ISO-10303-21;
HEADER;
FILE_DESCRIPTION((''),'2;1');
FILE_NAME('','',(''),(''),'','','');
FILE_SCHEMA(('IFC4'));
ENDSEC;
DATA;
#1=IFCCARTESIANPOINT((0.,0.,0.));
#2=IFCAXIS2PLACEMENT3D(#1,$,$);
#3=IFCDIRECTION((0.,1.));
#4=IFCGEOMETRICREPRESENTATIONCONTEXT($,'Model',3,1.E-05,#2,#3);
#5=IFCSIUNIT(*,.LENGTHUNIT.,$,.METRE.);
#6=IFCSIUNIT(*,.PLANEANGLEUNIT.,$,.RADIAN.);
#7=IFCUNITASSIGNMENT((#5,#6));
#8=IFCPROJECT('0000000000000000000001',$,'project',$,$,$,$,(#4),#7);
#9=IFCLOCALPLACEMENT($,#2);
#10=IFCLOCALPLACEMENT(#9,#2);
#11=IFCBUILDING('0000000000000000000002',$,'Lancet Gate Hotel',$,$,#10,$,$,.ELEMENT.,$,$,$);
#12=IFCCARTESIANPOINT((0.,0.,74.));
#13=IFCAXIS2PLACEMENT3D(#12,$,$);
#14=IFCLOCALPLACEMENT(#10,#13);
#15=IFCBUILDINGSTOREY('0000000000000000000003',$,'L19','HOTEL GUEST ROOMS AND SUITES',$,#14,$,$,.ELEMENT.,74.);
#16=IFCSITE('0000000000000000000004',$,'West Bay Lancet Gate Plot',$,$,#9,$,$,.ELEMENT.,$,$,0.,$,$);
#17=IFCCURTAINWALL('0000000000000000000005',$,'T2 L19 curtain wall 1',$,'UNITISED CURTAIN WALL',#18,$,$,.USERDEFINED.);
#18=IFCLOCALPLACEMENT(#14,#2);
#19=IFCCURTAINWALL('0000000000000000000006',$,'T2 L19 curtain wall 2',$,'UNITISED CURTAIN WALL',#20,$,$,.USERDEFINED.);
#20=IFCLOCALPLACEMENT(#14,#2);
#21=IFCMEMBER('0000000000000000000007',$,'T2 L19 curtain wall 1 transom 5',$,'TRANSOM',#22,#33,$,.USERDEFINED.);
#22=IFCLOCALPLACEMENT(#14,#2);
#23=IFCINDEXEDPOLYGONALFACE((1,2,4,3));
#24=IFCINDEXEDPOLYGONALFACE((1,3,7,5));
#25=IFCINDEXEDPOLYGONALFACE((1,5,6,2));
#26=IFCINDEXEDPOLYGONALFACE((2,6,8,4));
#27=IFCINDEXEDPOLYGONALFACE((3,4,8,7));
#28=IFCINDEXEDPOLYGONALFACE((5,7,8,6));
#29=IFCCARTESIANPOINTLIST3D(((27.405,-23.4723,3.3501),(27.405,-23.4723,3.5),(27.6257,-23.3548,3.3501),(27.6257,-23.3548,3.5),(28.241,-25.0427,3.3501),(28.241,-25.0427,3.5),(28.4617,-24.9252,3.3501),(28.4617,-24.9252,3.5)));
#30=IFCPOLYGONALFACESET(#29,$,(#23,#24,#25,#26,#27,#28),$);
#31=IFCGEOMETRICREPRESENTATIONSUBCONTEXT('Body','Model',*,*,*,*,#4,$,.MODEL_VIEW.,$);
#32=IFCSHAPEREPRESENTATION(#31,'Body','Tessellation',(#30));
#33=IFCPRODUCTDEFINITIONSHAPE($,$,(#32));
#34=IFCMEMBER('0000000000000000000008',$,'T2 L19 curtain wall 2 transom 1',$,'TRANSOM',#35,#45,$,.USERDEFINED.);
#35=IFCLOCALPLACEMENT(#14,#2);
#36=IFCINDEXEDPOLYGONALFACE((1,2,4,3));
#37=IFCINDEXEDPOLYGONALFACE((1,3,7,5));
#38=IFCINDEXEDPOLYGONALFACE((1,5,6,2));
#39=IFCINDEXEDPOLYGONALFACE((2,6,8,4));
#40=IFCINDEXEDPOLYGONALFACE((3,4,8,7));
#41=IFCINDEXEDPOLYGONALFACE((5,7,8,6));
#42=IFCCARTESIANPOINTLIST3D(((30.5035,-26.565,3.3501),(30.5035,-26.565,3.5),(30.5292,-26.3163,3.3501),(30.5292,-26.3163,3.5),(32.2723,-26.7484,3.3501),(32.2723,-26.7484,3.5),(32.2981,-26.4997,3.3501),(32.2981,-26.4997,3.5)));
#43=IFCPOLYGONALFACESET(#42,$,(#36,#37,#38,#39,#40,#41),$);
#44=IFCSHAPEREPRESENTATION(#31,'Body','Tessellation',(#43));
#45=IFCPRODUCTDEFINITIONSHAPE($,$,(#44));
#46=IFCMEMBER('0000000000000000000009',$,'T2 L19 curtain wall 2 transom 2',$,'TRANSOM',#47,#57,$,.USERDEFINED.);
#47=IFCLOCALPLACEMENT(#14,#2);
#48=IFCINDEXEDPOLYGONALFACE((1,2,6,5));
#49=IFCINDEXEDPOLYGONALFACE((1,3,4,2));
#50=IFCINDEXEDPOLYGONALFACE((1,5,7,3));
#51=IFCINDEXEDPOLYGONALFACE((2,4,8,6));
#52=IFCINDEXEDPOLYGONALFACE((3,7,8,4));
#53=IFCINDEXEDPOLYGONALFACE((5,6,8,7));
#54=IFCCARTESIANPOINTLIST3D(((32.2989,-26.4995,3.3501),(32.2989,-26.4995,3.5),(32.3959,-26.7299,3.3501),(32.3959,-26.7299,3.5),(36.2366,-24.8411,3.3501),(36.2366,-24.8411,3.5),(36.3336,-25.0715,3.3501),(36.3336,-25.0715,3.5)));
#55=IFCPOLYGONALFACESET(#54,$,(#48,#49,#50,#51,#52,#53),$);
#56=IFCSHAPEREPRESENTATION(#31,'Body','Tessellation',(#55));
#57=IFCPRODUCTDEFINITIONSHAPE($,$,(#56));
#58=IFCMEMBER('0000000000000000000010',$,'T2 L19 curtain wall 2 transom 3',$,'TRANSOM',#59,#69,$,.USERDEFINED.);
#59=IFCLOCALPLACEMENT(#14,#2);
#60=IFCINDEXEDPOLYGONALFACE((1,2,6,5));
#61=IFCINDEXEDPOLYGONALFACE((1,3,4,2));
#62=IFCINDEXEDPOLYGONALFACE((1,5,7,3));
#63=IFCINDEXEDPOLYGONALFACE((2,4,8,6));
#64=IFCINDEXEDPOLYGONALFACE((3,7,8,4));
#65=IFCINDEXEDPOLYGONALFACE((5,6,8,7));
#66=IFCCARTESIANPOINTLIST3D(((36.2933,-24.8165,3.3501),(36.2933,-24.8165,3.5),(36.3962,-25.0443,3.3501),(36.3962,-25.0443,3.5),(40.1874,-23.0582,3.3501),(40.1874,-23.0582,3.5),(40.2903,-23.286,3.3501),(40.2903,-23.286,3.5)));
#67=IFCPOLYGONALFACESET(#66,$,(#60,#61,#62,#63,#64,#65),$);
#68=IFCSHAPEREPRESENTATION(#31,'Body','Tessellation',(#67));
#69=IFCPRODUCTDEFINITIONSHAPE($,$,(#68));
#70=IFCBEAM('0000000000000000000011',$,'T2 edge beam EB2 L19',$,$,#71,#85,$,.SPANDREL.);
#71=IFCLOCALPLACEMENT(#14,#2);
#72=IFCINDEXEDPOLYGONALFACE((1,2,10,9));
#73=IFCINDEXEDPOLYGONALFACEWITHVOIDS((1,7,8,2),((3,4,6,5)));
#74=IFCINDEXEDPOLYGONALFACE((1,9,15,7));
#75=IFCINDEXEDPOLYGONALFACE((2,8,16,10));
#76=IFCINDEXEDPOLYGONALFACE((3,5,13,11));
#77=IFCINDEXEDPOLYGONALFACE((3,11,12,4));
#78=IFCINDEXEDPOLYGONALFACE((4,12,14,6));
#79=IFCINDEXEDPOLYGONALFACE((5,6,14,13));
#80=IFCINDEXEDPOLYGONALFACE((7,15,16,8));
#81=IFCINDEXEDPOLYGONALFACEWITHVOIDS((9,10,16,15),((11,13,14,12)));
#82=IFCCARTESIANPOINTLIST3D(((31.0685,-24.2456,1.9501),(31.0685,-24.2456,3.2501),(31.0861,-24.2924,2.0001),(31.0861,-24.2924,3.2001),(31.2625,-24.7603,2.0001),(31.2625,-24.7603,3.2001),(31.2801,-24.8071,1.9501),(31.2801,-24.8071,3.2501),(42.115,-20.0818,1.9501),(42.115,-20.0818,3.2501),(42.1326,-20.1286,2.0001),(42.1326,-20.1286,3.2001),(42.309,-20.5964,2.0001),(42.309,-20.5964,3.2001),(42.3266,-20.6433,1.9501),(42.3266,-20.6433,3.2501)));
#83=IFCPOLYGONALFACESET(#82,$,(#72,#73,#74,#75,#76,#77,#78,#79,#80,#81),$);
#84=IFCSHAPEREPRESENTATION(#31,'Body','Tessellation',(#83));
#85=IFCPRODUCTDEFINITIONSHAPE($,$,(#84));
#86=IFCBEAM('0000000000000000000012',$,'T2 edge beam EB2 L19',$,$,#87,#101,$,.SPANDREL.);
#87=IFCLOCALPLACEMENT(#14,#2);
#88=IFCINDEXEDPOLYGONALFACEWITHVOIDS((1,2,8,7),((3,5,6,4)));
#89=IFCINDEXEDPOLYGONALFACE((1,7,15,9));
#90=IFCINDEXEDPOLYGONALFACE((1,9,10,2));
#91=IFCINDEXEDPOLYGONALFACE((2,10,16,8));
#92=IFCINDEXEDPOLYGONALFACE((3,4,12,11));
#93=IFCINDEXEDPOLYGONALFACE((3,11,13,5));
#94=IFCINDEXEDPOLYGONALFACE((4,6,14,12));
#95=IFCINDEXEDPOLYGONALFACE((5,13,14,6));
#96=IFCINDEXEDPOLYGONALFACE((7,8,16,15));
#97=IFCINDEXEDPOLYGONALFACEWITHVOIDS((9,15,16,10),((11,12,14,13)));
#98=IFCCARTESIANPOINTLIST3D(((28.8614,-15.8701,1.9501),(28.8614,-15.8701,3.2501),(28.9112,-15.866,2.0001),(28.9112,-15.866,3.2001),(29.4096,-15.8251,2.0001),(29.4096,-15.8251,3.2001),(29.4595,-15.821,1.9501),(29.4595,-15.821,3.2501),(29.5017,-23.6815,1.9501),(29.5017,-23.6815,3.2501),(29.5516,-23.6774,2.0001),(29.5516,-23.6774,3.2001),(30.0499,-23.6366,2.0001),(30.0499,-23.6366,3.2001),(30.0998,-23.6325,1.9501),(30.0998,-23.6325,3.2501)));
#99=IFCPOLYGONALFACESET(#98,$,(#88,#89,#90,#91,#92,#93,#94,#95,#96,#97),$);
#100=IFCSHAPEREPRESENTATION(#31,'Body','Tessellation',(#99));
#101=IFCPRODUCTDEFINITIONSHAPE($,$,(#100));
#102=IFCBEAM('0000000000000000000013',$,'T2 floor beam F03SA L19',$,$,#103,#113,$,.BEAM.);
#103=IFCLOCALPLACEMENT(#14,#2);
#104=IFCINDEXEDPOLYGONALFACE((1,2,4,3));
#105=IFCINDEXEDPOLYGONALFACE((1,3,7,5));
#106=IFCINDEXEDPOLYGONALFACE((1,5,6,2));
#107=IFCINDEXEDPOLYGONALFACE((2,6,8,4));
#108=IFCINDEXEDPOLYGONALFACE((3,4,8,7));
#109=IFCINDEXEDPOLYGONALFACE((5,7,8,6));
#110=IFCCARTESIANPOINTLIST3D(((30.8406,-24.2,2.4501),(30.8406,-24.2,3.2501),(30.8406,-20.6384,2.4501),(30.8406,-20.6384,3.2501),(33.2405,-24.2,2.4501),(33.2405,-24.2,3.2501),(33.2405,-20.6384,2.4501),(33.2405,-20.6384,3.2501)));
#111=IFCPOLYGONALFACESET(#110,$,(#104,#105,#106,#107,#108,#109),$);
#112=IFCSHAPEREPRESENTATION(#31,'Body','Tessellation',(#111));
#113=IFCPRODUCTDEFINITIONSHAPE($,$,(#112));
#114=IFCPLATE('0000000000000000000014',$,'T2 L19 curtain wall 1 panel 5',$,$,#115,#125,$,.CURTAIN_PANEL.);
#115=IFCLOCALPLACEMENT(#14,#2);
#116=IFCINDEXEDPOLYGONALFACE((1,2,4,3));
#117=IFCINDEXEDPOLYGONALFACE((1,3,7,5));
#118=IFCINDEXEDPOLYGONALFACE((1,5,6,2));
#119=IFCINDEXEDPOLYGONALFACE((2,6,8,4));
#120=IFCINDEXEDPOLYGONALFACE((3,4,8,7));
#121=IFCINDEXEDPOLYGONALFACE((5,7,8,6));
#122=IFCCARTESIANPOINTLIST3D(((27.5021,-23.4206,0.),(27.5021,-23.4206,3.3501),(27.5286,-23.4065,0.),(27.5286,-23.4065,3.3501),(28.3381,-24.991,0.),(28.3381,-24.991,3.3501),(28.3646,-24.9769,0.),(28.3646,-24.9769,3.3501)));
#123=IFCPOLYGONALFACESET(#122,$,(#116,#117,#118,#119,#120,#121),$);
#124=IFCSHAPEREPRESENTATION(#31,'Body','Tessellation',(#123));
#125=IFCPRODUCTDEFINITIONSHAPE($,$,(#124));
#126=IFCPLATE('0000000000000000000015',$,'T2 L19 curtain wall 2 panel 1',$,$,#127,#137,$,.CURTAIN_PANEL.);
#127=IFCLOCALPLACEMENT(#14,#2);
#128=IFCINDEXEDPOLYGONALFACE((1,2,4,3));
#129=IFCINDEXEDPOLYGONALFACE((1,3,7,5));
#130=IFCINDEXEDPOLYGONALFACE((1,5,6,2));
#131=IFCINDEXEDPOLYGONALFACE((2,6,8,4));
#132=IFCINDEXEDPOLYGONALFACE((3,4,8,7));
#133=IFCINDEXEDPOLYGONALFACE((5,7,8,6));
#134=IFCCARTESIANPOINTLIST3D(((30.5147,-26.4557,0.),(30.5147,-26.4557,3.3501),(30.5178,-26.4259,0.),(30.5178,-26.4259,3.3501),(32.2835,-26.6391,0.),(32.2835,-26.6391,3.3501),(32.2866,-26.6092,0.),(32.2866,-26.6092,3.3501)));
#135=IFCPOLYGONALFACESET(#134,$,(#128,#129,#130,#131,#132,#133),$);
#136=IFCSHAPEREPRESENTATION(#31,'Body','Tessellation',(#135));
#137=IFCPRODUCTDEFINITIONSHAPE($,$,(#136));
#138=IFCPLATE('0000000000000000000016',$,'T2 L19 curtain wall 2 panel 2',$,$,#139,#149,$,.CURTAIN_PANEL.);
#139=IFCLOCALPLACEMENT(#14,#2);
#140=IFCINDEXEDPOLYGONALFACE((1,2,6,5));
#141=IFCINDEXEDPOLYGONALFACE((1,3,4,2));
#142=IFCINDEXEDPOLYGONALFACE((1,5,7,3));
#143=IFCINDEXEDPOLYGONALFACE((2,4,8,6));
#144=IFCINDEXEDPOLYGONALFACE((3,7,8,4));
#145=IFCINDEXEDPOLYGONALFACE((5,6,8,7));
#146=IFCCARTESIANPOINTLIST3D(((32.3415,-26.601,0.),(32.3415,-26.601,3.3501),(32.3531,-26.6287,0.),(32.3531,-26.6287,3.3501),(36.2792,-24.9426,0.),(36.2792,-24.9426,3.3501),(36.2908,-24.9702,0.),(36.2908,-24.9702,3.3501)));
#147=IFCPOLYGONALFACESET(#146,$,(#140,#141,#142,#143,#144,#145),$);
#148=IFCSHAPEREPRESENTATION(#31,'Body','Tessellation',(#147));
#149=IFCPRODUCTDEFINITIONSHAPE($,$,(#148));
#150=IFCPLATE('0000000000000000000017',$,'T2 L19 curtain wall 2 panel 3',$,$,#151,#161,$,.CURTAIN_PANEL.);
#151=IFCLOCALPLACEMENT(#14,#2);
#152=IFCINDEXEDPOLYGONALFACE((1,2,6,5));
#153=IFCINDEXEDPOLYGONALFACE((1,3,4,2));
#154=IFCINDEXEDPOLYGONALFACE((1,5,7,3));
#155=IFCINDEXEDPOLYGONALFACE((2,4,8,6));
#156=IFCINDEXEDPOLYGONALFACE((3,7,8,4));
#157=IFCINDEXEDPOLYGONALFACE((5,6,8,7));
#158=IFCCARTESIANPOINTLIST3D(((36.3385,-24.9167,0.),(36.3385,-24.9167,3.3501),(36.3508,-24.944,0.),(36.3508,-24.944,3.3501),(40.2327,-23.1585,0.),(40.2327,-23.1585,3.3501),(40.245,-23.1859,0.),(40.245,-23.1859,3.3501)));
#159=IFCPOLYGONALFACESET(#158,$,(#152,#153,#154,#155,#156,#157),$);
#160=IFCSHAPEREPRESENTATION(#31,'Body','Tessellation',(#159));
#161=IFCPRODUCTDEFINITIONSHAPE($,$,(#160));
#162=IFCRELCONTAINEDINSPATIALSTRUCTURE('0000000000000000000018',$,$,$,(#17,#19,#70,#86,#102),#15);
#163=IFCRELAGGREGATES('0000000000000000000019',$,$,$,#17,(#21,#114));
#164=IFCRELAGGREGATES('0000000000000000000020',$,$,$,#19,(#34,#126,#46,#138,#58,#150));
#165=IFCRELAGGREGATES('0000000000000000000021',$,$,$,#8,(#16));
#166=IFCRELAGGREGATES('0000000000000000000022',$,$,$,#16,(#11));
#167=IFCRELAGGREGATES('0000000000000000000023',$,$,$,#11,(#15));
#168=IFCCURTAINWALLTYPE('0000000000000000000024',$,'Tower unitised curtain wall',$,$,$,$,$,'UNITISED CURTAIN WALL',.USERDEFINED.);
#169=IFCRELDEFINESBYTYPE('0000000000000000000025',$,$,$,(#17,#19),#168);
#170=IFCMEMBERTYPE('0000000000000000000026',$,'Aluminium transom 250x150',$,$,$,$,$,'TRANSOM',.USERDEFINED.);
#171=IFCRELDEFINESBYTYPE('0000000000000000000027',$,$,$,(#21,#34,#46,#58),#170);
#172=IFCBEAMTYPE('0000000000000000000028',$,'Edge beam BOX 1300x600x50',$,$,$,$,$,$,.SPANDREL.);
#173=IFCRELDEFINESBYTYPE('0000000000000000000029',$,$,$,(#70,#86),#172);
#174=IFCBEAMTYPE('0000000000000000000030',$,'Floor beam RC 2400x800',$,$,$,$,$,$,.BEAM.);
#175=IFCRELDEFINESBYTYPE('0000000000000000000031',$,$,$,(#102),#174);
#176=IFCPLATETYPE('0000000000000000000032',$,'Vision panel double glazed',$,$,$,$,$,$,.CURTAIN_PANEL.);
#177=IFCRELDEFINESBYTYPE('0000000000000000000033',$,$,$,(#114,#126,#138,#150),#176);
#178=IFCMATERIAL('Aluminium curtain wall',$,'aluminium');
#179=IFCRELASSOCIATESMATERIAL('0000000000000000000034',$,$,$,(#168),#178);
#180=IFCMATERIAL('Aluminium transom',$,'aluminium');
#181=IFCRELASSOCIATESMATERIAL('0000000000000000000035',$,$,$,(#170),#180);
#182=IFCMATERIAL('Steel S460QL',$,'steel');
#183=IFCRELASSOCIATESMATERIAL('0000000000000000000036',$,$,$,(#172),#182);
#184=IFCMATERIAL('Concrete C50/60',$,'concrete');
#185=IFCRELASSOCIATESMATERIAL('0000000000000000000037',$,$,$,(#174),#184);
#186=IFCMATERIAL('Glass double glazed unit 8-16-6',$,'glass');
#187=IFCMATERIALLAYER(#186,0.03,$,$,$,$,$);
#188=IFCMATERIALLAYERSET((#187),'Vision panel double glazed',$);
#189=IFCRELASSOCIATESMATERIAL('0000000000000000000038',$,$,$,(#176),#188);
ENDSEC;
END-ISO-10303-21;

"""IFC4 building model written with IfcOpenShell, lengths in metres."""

from ifc_helpers import new_model, si_unit, direction, frame, origin, origin_2d, place, context, subcontext, project, spatial, rectangle, hollow_rectangle, extrude, material, layer, layer_set, material_profile, profile_set, type_object, element, aggregate, save


model = new_model("IFC4")

# Units and contexts
model_context = context("Model", 3, precision=1e-05, world=origin(), true_north=direction((0.0, 1.0)))
body_context = subcontext(model_context, "Body", "Model", "MODEL_VIEW")
ifc_project = project(units=[si_unit("LENGTHUNIT", "METRE"), si_unit("PLANEANGLEUNIT", "RADIAN")], contexts=[model_context])

# Site, building, storey
site_placement = place(None, origin())
site = spatial("IfcSite", under=ifc_project, at=site_placement, Name="West Bay Lancet Gate Plot", CompositionType="ELEMENT", RefElevation=0.0)
building_placement = place(site_placement, origin())
building = spatial("IfcBuilding", under=site, at=building_placement, Name="Lancet Gate Hotel", CompositionType="ELEMENT")
storey_placement = place(building_placement, frame((0.0, 0.0, 74.0)))
storey = spatial("IfcBuildingStorey", under=building, at=storey_placement, Name="L19", Description="HOTEL GUEST ROOMS AND SUITES", CompositionType="ELEMENT", Elevation=74.0)

# Curtain walls
ifc_material_1 = material(Name="Aluminium curtain wall", Category="aluminium")
curtain_wall_type = type_object("IfcCurtainWallType", Name="Tower unitised curtain wall", ElementType="UNITISED CURTAIN WALL", PredefinedType="USERDEFINED", material=ifc_material_1)
curtain_wall_1_placement = place(storey_placement, origin())
curtain_wall_1 = element("IfcCurtainWall", 1, at=curtain_wall_1_placement, inside=storey, type_object=curtain_wall_type, Name="T2 L19 curtain wall 1", ObjectType="UNITISED CURTAIN WALL", PredefinedType="USERDEFINED")
curtain_wall_2_placement = place(storey_placement, origin())
curtain_wall_2 = element("IfcCurtainWall", 2, at=curtain_wall_2_placement, inside=storey, type_object=curtain_wall_type, Name="T2 L19 curtain wall 2", ObjectType="UNITISED CURTAIN WALL", PredefinedType="USERDEFINED")

# Members
ifc_material_2 = material(Name="Aluminium transom", Category="aluminium")
ifc_material_profile_1 = material_profile(ifc_material_2, rectangle(XDim=0.25, YDim=0.1499, at=origin_2d()), Name="TRANSOM 250x150")
ifc_profile_set_1 = profile_set([ifc_material_profile_1], Name="Aluminium transom")
member_type_1 = type_object("IfcMemberType", Name="Aluminium transom 250x150", ElementType="TRANSOM", PredefinedType="USERDEFINED", material=ifc_profile_set_1)
member_1_placement = place(storey_placement, frame((27.5154, -23.4136, 3.425), z_axis=(0.469904, -0.882717, 0.0), x_axis=(0.882717, 0.469904, 0.0)))
member_1 = element("IfcMember", 3, at=member_1_placement, type_object=member_type_1, Name="T2 L19 curtain wall 1 transom 5", ObjectType="TRANSOM", PredefinedType="USERDEFINED", context=body_context, shape_type="SweptSolid", body=[
    extrude(rectangle(XDim=0.25, YDim=0.1499, at=origin_2d()), origin(), (0.0, 0.0, 1.0), 1.7791),
])
member_2_placement = place(storey_placement, frame((30.5164, -26.4407, 3.425), z_axis=(0.99467, -0.103105, 0.0), x_axis=(0.103105, 0.99467, 0.0)))
member_2 = element("IfcMember", 4, at=member_2_placement, type_object=member_type_1, Name="T2 L19 curtain wall 2 transom 1", ObjectType="TRANSOM", PredefinedType="USERDEFINED", context=body_context, shape_type="SweptSolid", body=[
    extrude(rectangle(XDim=0.25, YDim=0.1499, at=origin_2d()), origin(), (0.0, 0.0, 1.0), 1.7783),
])
member_3_placement = place(storey_placement, frame((32.3474, -26.6147, 3.425), z_axis=(0.921598, 0.388146, 0.0), x_axis=(-0.388146, 0.921598, 0.0)))
member_3 = element("IfcMember", 5, at=member_3_placement, type_object=member_type_1, Name="T2 L19 curtain wall 2 transom 2", ObjectType="TRANSOM", PredefinedType="USERDEFINED", context=body_context, shape_type="SweptSolid", body=[
    extrude(rectangle(XDim=0.25, YDim=0.1499, at=origin_2d()), origin(), (0.0, 0.0, 1.0), 4.2727),
])
member_4_placement = place(storey_placement, frame((36.3447, -24.9304, 3.425), z_axis=(0.911397, 0.411529, 0.0), x_axis=(-0.411529, 0.911397, 0.0)))
member_4 = element("IfcMember", 6, at=member_4_placement, type_object=member_type_1, Name="T2 L19 curtain wall 2 transom 3", ObjectType="TRANSOM", PredefinedType="USERDEFINED", context=body_context, shape_type="SweptSolid", body=[
    extrude(rectangle(XDim=0.25, YDim=0.1499, at=origin_2d()), origin(), (0.0, 0.0, 1.0), 4.2727),
])

# Beams
ifc_material_3 = material(Name="Steel S460QL", Category="steel")
ifc_material_profile_2 = material_profile(ifc_material_3, hollow_rectangle(XDim=0.6001, YDim=1.3, WallThickness=0.05, at=origin_2d()), Name="BOX 1300x600x50")
ifc_profile_set_2 = profile_set([ifc_material_profile_2], Name="Steel S460QL")
beam_type_1 = type_object("IfcBeamType", Name="Edge beam BOX 1300x600x50", PredefinedType="SPANDREL", material=ifc_profile_set_2)
beam_1_placement = place(storey_placement, frame((31.1743, -24.5264, 2.6001), z_axis=(0.935731, 0.352714, 0.0), x_axis=(-0.352714, 0.935731, 0.0)))
element("IfcBeam", 7, at=beam_1_placement, inside=storey, type_object=beam_type_1, Name="T2 edge beam EB2 L19", PredefinedType="SPANDREL", context=body_context, shape_type="SweptSolid", body=[
    extrude(hollow_rectangle(XDim=0.6001, YDim=1.3, WallThickness=0.05, at=origin_2d()), origin(), (0.0, 0.0, 1.0), 11.8052),
])
beam_2_placement = place(storey_placement, frame((29.8008, -23.657, 2.6001), z_axis=(-0.081705, 0.996657, 0.0), x_axis=(-0.996657, -0.081705, 0.0)))
element("IfcBeam", 8, at=beam_2_placement, inside=storey, type_object=beam_type_1, Name="T2 edge beam EB2 L19", PredefinedType="SPANDREL", context=body_context, shape_type="SweptSolid", body=[
    extrude(hollow_rectangle(XDim=0.6001, YDim=1.3, WallThickness=0.05, at=origin_2d()), origin(), (0.0, 0.0, 1.0), 7.8376),
])
ifc_material_4 = material(Name="Concrete C50/60", Category="concrete")
ifc_material_profile_3 = material_profile(ifc_material_4, rectangle(XDim=2.3999, YDim=0.8, at=origin_2d()), Name="RC 2400x800")
ifc_profile_set_3 = profile_set([ifc_material_profile_3], Name="Concrete C50/60")
beam_type_2 = type_object("IfcBeamType", Name="Floor beam RC 2400x800", PredefinedType="BEAM", material=ifc_profile_set_3)
beam_3_placement = place(storey_placement, frame((32.0405, -24.2, 2.8501), z_axis=(0.0, 1.0, 0.0), x_axis=(-1.0, 0.0, 0.0)))
element("IfcBeam", 9, at=beam_3_placement, inside=storey, type_object=beam_type_2, Name="T2 floor beam F03SA L19", PredefinedType="BEAM", context=body_context, shape_type="SweptSolid", body=[
    extrude(rectangle(XDim=2.3999, YDim=0.8, at=origin_2d()), origin(), (0.0, 0.0, 1.0), 3.5615),
])

# Plates
ifc_material_5 = material(Name="Glass double glazed unit 8-16-6", Category="glass")
ifc_layer = layer(ifc_material_5, 0.03)
ifc_layer_set = layer_set([ifc_layer], Name="Vision panel double glazed")
plate_type = type_object("IfcPlateType", Name="Vision panel double glazed", PredefinedType="CURTAIN_PANEL", material=ifc_layer_set)
plate_1_placement = place(storey_placement, frame((27.9333, -24.1987, 0.0), z_axis=(0.0, 0.0, 1.0), x_axis=(0.469898, -0.882721, 0.0)))
plate_1 = element("IfcPlate", 10, at=plate_1_placement, type_object=plate_type, Name="T2 L19 curtain wall 1 panel 5", PredefinedType="CURTAIN_PANEL", context=body_context, shape_type="SweptSolid", body=[
    extrude(rectangle(XDim=1.7791, YDim=0.03, at=origin_2d()), origin(), (0.0, 0.0, 1.0), 3.3501),
])
aggregate(curtain_wall_1, [member_1, plate_1])
plate_2_placement = place(storey_placement, frame((31.4006, -26.5325, 0.0), z_axis=(0.0, 0.0, 1.0), x_axis=(0.994672, -0.103088, 0.0)))
plate_2 = element("IfcPlate", 11, at=plate_2_placement, type_object=plate_type, Name="T2 L19 curtain wall 2 panel 1", PredefinedType="CURTAIN_PANEL", context=body_context, shape_type="SweptSolid", body=[
    extrude(rectangle(XDim=1.7783, YDim=0.03, at=origin_2d()), origin(), (0.0, 0.0, 1.0), 3.3501),
])
plate_3_placement = place(storey_placement, frame((34.3162, -25.7856, 0.0), z_axis=(0.0, 0.0, 1.0), x_axis=(0.921593, 0.388157, 0.0)))
plate_3 = element("IfcPlate", 12, at=plate_3_placement, type_object=plate_type, Name="T2 L19 curtain wall 2 panel 2", PredefinedType="CURTAIN_PANEL", context=body_context, shape_type="SweptSolid", body=[
    extrude(rectangle(XDim=4.2727, YDim=0.03, at=origin_2d()), origin(), (0.0, 0.0, 1.0), 3.3501),
])
plate_4_placement = place(storey_placement, frame((38.2917, -24.0513, 0.0), z_axis=(0.0, 0.0, 1.0), x_axis=(0.911416, 0.411487, 0.0)))
plate_4 = element("IfcPlate", 13, at=plate_4_placement, type_object=plate_type, Name="T2 L19 curtain wall 2 panel 3", PredefinedType="CURTAIN_PANEL", context=body_context, shape_type="SweptSolid", body=[
    extrude(rectangle(XDim=4.2727, YDim=0.03, at=origin_2d()), origin(), (0.0, 0.0, 1.0), 3.3501),
])
aggregate(curtain_wall_2, [member_2, plate_2, member_3, plate_3, member_4, plate_4])

save(model, "model.ifc")
